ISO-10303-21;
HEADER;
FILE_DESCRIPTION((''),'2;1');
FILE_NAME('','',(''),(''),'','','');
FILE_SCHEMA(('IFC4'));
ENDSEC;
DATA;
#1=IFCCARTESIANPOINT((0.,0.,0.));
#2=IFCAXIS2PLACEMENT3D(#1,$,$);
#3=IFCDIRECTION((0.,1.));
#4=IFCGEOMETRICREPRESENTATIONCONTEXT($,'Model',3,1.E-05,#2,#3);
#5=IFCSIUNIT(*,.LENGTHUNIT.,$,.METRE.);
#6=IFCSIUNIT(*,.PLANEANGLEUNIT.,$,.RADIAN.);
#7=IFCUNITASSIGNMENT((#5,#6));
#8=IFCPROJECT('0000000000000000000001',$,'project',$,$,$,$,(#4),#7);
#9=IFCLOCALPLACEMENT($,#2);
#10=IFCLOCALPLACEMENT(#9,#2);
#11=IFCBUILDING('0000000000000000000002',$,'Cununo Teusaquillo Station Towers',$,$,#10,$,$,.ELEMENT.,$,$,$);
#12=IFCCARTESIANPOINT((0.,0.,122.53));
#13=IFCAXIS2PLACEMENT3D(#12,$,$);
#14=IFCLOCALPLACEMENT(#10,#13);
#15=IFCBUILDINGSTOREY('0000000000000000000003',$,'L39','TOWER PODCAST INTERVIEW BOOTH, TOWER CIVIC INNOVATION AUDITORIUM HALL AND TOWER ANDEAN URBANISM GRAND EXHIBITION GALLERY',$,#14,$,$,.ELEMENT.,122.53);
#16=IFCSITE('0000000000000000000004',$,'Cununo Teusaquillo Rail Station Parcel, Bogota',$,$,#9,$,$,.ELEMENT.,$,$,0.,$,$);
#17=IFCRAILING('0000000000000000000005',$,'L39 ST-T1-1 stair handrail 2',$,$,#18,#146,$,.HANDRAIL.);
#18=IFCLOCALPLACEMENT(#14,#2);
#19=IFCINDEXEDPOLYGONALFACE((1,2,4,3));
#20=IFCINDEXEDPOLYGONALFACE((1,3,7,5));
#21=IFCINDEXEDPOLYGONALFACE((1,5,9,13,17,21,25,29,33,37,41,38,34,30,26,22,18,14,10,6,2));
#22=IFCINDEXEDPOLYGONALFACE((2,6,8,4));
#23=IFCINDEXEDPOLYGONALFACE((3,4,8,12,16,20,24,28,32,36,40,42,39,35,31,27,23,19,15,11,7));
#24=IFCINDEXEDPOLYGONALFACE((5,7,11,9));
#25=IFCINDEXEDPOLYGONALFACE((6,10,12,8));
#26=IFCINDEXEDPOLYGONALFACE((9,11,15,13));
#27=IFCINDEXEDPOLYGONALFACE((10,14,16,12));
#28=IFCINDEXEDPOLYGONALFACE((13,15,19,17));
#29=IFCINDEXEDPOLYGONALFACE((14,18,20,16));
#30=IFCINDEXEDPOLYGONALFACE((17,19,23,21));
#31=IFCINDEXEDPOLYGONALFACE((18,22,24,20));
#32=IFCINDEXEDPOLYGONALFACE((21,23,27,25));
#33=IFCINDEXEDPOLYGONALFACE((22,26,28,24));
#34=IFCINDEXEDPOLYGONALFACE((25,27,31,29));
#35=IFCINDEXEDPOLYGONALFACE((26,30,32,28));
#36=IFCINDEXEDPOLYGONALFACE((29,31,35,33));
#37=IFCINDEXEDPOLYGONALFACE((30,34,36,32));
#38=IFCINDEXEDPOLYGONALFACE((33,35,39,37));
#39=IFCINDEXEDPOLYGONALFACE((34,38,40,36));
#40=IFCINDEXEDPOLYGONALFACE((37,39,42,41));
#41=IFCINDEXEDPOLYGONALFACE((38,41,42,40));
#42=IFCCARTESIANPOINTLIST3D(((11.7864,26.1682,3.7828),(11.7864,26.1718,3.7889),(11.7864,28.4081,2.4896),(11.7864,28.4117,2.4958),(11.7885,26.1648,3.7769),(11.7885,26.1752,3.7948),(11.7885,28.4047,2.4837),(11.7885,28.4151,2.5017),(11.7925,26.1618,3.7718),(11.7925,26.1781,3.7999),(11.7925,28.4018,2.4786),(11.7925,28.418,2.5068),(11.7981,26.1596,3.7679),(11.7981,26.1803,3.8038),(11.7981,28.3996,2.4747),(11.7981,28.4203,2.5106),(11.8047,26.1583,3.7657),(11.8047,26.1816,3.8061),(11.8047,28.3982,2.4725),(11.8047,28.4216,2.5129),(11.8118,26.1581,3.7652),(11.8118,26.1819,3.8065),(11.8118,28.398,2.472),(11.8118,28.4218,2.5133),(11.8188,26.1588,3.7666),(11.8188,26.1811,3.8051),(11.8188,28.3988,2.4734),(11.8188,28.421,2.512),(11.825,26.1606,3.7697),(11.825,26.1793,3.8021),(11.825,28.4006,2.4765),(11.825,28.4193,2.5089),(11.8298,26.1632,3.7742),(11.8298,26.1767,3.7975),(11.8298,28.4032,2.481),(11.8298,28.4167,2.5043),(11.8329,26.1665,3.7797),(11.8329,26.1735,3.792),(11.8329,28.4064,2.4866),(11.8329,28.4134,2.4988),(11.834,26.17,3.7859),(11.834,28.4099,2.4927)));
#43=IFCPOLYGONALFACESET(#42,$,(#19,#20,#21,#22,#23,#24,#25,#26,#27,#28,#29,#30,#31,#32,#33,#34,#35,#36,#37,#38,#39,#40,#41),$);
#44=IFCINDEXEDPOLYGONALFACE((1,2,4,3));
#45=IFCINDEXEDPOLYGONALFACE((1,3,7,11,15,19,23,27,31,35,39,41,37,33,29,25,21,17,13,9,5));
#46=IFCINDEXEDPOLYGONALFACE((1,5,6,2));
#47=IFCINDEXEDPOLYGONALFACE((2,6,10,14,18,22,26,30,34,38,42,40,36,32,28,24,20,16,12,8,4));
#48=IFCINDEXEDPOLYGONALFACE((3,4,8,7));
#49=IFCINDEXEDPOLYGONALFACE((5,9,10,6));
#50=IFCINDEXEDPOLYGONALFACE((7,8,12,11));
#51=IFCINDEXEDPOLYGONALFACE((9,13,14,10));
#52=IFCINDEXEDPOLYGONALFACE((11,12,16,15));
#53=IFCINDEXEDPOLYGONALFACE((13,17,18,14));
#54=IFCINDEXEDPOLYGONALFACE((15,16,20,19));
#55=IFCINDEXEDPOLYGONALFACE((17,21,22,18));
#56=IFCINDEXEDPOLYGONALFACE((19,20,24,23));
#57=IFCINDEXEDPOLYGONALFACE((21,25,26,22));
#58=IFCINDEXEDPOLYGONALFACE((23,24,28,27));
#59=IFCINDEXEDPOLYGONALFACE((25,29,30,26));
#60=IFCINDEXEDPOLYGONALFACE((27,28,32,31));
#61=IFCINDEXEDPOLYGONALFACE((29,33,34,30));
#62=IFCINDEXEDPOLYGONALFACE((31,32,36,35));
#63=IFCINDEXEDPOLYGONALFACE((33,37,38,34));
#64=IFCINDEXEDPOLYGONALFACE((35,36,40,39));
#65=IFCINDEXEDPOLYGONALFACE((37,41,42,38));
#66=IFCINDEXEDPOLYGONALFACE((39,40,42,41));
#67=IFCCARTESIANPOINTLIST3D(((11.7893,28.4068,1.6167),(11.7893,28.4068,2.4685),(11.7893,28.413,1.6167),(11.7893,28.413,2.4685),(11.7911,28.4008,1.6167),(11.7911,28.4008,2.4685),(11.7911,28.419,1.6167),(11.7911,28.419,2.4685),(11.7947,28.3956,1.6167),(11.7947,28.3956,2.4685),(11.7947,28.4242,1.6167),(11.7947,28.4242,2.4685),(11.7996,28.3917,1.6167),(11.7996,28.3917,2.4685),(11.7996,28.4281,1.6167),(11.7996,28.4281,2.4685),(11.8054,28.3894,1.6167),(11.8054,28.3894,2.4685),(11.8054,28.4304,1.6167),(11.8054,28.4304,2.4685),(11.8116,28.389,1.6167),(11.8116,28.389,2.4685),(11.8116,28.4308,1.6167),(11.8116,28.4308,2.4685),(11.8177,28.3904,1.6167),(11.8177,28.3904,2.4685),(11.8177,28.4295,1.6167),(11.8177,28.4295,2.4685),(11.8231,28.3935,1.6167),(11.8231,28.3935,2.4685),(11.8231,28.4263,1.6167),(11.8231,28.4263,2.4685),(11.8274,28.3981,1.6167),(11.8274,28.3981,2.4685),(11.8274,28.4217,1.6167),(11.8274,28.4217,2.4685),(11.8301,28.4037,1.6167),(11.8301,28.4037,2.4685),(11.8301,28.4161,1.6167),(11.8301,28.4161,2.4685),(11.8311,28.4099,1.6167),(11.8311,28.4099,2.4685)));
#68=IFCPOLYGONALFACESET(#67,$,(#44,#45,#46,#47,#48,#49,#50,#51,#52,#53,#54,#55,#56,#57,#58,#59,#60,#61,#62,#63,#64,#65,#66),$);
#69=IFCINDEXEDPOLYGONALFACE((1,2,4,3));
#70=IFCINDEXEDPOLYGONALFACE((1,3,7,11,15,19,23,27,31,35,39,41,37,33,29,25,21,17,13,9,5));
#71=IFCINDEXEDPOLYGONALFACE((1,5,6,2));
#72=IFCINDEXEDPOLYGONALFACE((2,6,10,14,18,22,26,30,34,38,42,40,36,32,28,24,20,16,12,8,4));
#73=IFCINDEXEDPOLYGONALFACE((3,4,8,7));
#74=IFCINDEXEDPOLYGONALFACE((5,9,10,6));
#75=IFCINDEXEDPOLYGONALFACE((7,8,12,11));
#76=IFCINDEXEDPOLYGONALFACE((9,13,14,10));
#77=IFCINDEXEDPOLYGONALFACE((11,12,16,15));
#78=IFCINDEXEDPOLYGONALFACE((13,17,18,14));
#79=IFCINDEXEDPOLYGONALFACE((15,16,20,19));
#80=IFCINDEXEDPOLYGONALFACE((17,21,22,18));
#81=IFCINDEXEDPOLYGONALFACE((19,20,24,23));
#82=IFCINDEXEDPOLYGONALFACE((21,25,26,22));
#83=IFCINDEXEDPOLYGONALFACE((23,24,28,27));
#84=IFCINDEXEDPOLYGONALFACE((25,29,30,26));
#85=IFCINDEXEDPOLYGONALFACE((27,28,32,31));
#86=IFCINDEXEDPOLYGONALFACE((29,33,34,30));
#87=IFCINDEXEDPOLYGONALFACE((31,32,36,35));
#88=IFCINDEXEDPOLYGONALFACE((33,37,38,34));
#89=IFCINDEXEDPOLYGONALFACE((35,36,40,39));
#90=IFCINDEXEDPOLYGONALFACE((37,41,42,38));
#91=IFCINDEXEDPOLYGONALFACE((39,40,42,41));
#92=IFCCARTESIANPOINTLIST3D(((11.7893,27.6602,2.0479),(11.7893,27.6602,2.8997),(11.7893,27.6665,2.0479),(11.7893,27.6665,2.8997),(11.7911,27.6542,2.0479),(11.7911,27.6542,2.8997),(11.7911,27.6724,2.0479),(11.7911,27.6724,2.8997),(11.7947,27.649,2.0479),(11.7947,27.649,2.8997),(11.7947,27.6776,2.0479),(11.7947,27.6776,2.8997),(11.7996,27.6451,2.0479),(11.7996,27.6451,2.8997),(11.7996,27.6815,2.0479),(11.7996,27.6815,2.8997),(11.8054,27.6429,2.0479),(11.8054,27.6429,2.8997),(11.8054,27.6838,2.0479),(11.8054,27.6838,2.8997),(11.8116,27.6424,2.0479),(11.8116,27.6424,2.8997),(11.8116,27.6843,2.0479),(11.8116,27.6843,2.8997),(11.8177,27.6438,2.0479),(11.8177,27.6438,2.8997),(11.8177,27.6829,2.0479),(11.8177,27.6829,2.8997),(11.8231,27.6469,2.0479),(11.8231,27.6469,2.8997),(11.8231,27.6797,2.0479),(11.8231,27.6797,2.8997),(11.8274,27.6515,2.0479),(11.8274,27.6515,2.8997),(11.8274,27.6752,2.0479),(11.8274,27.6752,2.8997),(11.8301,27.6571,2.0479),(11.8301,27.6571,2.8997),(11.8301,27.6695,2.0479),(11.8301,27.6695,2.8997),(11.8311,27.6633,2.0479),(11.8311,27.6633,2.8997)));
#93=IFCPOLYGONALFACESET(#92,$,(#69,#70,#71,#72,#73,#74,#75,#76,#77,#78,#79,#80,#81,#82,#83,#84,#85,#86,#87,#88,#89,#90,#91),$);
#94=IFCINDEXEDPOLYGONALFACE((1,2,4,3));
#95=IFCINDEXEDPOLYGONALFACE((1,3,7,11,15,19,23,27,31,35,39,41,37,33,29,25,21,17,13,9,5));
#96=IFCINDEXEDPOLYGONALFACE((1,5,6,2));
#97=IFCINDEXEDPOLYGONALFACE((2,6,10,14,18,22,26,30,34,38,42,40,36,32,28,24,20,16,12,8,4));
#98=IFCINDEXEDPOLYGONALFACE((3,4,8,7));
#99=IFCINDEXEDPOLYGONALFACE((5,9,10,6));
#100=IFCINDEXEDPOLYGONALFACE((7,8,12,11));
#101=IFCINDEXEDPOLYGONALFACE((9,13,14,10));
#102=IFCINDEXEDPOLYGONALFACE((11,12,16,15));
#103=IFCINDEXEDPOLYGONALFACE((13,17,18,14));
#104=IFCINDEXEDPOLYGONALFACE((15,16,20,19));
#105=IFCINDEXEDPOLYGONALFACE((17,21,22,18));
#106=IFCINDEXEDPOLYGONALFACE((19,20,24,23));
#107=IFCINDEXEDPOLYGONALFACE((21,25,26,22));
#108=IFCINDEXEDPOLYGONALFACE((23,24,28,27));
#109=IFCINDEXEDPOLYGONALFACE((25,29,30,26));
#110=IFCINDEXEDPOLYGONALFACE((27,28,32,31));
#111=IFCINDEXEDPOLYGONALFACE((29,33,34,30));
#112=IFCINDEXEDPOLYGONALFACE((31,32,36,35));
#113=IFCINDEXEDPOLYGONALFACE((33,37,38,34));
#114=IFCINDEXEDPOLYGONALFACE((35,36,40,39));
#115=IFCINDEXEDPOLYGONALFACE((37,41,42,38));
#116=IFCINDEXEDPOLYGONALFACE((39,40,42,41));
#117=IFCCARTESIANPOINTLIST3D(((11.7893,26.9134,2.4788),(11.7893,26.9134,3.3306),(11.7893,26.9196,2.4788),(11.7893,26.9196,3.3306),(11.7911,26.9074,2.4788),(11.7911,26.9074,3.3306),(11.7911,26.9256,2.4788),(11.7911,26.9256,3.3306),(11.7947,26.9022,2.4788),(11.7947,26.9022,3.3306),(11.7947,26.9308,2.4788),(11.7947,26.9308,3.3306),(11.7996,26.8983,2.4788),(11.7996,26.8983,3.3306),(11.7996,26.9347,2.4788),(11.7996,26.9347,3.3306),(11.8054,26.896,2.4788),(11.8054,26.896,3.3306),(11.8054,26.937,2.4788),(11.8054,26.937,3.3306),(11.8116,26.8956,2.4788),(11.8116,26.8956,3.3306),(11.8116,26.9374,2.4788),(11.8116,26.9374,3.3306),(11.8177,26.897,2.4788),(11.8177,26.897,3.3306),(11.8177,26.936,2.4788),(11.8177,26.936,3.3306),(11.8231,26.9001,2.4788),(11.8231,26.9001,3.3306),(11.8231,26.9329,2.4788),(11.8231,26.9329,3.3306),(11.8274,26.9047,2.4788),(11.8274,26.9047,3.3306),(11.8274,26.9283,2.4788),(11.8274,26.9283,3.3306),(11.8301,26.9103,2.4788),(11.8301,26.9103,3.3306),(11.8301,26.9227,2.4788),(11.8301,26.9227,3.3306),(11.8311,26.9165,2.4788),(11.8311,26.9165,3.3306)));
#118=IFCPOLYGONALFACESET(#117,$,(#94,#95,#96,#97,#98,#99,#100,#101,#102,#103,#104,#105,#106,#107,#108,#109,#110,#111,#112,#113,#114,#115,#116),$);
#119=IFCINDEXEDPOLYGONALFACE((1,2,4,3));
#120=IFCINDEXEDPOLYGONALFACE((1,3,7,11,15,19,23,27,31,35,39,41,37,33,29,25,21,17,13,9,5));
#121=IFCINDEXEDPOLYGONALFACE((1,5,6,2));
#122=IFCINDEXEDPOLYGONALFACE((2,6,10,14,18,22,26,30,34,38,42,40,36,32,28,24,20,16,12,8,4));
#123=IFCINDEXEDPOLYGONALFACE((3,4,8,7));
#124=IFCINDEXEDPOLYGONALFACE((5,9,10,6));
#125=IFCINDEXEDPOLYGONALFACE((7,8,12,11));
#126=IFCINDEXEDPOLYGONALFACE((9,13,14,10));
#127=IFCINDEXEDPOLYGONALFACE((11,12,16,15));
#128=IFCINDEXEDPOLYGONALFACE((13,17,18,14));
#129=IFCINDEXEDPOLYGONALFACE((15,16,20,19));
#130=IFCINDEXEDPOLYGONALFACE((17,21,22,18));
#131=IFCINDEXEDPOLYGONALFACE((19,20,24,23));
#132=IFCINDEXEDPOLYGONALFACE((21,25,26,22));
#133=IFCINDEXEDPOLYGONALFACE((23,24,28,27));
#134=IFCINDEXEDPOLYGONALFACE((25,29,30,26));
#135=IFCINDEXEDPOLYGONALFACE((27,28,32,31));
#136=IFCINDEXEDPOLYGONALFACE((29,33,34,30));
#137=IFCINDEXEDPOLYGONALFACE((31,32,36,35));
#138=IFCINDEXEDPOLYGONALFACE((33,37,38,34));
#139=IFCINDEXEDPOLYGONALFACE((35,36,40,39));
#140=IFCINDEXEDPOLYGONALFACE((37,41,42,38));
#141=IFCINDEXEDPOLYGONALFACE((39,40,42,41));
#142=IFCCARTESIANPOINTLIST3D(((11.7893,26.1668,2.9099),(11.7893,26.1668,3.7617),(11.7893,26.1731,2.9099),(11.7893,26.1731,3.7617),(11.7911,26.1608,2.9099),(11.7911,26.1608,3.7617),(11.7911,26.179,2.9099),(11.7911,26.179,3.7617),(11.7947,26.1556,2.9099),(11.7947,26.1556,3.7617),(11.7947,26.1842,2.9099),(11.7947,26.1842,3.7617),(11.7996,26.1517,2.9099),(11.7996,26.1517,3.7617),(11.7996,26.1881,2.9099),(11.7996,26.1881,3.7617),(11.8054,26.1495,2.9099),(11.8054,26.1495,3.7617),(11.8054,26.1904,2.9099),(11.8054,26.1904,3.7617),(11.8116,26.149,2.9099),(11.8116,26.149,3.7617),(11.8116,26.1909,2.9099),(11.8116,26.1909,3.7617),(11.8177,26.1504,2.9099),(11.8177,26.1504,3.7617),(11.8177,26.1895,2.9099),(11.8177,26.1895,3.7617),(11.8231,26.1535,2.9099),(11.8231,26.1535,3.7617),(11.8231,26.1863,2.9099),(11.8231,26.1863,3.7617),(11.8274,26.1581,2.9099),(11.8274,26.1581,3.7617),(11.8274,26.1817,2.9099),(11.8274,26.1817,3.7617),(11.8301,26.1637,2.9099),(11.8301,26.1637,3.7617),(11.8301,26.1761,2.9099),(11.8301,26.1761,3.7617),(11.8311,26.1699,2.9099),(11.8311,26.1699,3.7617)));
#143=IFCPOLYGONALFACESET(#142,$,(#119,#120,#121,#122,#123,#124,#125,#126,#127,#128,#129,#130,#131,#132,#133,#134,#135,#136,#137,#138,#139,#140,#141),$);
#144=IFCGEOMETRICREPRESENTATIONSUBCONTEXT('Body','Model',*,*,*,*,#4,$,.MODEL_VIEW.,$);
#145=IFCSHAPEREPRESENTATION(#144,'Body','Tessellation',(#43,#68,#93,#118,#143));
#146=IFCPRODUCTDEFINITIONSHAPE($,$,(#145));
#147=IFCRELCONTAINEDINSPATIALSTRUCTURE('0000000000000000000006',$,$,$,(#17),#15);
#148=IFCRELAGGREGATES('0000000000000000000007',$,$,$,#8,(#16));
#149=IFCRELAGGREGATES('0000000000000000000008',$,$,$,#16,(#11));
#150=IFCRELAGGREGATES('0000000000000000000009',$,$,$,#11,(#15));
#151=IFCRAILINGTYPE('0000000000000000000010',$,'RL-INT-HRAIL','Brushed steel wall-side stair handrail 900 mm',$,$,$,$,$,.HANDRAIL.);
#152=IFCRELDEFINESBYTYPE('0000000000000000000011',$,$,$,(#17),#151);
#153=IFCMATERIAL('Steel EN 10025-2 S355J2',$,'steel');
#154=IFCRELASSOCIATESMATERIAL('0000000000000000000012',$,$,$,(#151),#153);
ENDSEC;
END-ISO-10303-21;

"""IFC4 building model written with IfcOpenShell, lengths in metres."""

from ifc_helpers import new_model, si_unit, direction, frame, origin, origin_2d, place, context, subcontext, project, spatial, circle, extrude, material, type_object, element, save


model = new_model("IFC4")

# Units and contexts
model_context = context("Model", 3, precision=1e-05, world=origin(), true_north=direction((0.0, 1.0)))
body_context = subcontext(model_context, "Body", "Model", "MODEL_VIEW")
ifc_project = project(units=[si_unit("LENGTHUNIT", "METRE"), si_unit("PLANEANGLEUNIT", "RADIAN")], contexts=[model_context])

# Site, building, storey
site_placement = place(None, origin())
site = spatial("IfcSite", under=ifc_project, at=site_placement, Name="Cununo Teusaquillo Rail Station Parcel, Bogota", CompositionType="ELEMENT", RefElevation=0.0)
building_placement = place(site_placement, origin())
building = spatial("IfcBuilding", under=site, at=building_placement, Name="Cununo Teusaquillo Station Towers", CompositionType="ELEMENT")
storey_placement = place(building_placement, frame((0.0, 0.0, 122.53)))
storey = spatial("IfcBuildingStorey", under=building, at=storey_placement, Name="L39", Description="TOWER PODCAST INTERVIEW BOOTH, TOWER CIVIC INNOVATION AUDITORIUM HALL AND TOWER ANDEAN URBANISM GRAND EXHIBITION GALLERY", CompositionType="ELEMENT", Elevation=122.53)

# Railing
ifc_material_1 = material(Name="Steel EN 10025-2 S355J2", Category="steel")
railing_type_1 = type_object("IfcRailingType", Name="RL-INT-HRAIL", Description="Brushed steel wall-side stair handrail 900 mm", PredefinedType="HANDRAIL", material=ifc_material_1)
railing_1_placement = place(storey_placement, frame((11.8101, 28.4099, 1.6167)))
element("IfcRailing", 1, at=railing_1_placement, inside=storey, type_object=railing_type_1, Name="L39 ST-T1-1 stair handrail 2", PredefinedType="HANDRAIL", context=body_context, shape_type="SweptSolid", body=[
    extrude(circle(Radius=0.0239, at=origin_2d()), frame((0.0, 0.0, 0.876), z_axis=(0.0, -0.866033, 0.499987), x_axis=(1.0, 0.0, 0.0)), (0.0, 0.0, 1.0), 2.5864),
    extrude(circle(Radius=0.021, at=origin_2d()), origin(), (0.0, 0.0, 1.0), 0.8518),
    extrude(circle(Radius=0.021, at=origin_2d()), frame((0.0, -0.7466, 0.4312)), (0.0, 0.0, 1.0), 0.8518),
    extrude(circle(Radius=0.021, at=origin_2d()), frame((0.0, -1.4934, 0.8621)), (0.0, 0.0, 1.0), 0.8518),
    extrude(circle(Radius=0.021, at=origin_2d()), frame((0.0, -2.24, 1.2932)), (0.0, 0.0, 1.0), 0.8518),
])

save(model, "model.ifc")
